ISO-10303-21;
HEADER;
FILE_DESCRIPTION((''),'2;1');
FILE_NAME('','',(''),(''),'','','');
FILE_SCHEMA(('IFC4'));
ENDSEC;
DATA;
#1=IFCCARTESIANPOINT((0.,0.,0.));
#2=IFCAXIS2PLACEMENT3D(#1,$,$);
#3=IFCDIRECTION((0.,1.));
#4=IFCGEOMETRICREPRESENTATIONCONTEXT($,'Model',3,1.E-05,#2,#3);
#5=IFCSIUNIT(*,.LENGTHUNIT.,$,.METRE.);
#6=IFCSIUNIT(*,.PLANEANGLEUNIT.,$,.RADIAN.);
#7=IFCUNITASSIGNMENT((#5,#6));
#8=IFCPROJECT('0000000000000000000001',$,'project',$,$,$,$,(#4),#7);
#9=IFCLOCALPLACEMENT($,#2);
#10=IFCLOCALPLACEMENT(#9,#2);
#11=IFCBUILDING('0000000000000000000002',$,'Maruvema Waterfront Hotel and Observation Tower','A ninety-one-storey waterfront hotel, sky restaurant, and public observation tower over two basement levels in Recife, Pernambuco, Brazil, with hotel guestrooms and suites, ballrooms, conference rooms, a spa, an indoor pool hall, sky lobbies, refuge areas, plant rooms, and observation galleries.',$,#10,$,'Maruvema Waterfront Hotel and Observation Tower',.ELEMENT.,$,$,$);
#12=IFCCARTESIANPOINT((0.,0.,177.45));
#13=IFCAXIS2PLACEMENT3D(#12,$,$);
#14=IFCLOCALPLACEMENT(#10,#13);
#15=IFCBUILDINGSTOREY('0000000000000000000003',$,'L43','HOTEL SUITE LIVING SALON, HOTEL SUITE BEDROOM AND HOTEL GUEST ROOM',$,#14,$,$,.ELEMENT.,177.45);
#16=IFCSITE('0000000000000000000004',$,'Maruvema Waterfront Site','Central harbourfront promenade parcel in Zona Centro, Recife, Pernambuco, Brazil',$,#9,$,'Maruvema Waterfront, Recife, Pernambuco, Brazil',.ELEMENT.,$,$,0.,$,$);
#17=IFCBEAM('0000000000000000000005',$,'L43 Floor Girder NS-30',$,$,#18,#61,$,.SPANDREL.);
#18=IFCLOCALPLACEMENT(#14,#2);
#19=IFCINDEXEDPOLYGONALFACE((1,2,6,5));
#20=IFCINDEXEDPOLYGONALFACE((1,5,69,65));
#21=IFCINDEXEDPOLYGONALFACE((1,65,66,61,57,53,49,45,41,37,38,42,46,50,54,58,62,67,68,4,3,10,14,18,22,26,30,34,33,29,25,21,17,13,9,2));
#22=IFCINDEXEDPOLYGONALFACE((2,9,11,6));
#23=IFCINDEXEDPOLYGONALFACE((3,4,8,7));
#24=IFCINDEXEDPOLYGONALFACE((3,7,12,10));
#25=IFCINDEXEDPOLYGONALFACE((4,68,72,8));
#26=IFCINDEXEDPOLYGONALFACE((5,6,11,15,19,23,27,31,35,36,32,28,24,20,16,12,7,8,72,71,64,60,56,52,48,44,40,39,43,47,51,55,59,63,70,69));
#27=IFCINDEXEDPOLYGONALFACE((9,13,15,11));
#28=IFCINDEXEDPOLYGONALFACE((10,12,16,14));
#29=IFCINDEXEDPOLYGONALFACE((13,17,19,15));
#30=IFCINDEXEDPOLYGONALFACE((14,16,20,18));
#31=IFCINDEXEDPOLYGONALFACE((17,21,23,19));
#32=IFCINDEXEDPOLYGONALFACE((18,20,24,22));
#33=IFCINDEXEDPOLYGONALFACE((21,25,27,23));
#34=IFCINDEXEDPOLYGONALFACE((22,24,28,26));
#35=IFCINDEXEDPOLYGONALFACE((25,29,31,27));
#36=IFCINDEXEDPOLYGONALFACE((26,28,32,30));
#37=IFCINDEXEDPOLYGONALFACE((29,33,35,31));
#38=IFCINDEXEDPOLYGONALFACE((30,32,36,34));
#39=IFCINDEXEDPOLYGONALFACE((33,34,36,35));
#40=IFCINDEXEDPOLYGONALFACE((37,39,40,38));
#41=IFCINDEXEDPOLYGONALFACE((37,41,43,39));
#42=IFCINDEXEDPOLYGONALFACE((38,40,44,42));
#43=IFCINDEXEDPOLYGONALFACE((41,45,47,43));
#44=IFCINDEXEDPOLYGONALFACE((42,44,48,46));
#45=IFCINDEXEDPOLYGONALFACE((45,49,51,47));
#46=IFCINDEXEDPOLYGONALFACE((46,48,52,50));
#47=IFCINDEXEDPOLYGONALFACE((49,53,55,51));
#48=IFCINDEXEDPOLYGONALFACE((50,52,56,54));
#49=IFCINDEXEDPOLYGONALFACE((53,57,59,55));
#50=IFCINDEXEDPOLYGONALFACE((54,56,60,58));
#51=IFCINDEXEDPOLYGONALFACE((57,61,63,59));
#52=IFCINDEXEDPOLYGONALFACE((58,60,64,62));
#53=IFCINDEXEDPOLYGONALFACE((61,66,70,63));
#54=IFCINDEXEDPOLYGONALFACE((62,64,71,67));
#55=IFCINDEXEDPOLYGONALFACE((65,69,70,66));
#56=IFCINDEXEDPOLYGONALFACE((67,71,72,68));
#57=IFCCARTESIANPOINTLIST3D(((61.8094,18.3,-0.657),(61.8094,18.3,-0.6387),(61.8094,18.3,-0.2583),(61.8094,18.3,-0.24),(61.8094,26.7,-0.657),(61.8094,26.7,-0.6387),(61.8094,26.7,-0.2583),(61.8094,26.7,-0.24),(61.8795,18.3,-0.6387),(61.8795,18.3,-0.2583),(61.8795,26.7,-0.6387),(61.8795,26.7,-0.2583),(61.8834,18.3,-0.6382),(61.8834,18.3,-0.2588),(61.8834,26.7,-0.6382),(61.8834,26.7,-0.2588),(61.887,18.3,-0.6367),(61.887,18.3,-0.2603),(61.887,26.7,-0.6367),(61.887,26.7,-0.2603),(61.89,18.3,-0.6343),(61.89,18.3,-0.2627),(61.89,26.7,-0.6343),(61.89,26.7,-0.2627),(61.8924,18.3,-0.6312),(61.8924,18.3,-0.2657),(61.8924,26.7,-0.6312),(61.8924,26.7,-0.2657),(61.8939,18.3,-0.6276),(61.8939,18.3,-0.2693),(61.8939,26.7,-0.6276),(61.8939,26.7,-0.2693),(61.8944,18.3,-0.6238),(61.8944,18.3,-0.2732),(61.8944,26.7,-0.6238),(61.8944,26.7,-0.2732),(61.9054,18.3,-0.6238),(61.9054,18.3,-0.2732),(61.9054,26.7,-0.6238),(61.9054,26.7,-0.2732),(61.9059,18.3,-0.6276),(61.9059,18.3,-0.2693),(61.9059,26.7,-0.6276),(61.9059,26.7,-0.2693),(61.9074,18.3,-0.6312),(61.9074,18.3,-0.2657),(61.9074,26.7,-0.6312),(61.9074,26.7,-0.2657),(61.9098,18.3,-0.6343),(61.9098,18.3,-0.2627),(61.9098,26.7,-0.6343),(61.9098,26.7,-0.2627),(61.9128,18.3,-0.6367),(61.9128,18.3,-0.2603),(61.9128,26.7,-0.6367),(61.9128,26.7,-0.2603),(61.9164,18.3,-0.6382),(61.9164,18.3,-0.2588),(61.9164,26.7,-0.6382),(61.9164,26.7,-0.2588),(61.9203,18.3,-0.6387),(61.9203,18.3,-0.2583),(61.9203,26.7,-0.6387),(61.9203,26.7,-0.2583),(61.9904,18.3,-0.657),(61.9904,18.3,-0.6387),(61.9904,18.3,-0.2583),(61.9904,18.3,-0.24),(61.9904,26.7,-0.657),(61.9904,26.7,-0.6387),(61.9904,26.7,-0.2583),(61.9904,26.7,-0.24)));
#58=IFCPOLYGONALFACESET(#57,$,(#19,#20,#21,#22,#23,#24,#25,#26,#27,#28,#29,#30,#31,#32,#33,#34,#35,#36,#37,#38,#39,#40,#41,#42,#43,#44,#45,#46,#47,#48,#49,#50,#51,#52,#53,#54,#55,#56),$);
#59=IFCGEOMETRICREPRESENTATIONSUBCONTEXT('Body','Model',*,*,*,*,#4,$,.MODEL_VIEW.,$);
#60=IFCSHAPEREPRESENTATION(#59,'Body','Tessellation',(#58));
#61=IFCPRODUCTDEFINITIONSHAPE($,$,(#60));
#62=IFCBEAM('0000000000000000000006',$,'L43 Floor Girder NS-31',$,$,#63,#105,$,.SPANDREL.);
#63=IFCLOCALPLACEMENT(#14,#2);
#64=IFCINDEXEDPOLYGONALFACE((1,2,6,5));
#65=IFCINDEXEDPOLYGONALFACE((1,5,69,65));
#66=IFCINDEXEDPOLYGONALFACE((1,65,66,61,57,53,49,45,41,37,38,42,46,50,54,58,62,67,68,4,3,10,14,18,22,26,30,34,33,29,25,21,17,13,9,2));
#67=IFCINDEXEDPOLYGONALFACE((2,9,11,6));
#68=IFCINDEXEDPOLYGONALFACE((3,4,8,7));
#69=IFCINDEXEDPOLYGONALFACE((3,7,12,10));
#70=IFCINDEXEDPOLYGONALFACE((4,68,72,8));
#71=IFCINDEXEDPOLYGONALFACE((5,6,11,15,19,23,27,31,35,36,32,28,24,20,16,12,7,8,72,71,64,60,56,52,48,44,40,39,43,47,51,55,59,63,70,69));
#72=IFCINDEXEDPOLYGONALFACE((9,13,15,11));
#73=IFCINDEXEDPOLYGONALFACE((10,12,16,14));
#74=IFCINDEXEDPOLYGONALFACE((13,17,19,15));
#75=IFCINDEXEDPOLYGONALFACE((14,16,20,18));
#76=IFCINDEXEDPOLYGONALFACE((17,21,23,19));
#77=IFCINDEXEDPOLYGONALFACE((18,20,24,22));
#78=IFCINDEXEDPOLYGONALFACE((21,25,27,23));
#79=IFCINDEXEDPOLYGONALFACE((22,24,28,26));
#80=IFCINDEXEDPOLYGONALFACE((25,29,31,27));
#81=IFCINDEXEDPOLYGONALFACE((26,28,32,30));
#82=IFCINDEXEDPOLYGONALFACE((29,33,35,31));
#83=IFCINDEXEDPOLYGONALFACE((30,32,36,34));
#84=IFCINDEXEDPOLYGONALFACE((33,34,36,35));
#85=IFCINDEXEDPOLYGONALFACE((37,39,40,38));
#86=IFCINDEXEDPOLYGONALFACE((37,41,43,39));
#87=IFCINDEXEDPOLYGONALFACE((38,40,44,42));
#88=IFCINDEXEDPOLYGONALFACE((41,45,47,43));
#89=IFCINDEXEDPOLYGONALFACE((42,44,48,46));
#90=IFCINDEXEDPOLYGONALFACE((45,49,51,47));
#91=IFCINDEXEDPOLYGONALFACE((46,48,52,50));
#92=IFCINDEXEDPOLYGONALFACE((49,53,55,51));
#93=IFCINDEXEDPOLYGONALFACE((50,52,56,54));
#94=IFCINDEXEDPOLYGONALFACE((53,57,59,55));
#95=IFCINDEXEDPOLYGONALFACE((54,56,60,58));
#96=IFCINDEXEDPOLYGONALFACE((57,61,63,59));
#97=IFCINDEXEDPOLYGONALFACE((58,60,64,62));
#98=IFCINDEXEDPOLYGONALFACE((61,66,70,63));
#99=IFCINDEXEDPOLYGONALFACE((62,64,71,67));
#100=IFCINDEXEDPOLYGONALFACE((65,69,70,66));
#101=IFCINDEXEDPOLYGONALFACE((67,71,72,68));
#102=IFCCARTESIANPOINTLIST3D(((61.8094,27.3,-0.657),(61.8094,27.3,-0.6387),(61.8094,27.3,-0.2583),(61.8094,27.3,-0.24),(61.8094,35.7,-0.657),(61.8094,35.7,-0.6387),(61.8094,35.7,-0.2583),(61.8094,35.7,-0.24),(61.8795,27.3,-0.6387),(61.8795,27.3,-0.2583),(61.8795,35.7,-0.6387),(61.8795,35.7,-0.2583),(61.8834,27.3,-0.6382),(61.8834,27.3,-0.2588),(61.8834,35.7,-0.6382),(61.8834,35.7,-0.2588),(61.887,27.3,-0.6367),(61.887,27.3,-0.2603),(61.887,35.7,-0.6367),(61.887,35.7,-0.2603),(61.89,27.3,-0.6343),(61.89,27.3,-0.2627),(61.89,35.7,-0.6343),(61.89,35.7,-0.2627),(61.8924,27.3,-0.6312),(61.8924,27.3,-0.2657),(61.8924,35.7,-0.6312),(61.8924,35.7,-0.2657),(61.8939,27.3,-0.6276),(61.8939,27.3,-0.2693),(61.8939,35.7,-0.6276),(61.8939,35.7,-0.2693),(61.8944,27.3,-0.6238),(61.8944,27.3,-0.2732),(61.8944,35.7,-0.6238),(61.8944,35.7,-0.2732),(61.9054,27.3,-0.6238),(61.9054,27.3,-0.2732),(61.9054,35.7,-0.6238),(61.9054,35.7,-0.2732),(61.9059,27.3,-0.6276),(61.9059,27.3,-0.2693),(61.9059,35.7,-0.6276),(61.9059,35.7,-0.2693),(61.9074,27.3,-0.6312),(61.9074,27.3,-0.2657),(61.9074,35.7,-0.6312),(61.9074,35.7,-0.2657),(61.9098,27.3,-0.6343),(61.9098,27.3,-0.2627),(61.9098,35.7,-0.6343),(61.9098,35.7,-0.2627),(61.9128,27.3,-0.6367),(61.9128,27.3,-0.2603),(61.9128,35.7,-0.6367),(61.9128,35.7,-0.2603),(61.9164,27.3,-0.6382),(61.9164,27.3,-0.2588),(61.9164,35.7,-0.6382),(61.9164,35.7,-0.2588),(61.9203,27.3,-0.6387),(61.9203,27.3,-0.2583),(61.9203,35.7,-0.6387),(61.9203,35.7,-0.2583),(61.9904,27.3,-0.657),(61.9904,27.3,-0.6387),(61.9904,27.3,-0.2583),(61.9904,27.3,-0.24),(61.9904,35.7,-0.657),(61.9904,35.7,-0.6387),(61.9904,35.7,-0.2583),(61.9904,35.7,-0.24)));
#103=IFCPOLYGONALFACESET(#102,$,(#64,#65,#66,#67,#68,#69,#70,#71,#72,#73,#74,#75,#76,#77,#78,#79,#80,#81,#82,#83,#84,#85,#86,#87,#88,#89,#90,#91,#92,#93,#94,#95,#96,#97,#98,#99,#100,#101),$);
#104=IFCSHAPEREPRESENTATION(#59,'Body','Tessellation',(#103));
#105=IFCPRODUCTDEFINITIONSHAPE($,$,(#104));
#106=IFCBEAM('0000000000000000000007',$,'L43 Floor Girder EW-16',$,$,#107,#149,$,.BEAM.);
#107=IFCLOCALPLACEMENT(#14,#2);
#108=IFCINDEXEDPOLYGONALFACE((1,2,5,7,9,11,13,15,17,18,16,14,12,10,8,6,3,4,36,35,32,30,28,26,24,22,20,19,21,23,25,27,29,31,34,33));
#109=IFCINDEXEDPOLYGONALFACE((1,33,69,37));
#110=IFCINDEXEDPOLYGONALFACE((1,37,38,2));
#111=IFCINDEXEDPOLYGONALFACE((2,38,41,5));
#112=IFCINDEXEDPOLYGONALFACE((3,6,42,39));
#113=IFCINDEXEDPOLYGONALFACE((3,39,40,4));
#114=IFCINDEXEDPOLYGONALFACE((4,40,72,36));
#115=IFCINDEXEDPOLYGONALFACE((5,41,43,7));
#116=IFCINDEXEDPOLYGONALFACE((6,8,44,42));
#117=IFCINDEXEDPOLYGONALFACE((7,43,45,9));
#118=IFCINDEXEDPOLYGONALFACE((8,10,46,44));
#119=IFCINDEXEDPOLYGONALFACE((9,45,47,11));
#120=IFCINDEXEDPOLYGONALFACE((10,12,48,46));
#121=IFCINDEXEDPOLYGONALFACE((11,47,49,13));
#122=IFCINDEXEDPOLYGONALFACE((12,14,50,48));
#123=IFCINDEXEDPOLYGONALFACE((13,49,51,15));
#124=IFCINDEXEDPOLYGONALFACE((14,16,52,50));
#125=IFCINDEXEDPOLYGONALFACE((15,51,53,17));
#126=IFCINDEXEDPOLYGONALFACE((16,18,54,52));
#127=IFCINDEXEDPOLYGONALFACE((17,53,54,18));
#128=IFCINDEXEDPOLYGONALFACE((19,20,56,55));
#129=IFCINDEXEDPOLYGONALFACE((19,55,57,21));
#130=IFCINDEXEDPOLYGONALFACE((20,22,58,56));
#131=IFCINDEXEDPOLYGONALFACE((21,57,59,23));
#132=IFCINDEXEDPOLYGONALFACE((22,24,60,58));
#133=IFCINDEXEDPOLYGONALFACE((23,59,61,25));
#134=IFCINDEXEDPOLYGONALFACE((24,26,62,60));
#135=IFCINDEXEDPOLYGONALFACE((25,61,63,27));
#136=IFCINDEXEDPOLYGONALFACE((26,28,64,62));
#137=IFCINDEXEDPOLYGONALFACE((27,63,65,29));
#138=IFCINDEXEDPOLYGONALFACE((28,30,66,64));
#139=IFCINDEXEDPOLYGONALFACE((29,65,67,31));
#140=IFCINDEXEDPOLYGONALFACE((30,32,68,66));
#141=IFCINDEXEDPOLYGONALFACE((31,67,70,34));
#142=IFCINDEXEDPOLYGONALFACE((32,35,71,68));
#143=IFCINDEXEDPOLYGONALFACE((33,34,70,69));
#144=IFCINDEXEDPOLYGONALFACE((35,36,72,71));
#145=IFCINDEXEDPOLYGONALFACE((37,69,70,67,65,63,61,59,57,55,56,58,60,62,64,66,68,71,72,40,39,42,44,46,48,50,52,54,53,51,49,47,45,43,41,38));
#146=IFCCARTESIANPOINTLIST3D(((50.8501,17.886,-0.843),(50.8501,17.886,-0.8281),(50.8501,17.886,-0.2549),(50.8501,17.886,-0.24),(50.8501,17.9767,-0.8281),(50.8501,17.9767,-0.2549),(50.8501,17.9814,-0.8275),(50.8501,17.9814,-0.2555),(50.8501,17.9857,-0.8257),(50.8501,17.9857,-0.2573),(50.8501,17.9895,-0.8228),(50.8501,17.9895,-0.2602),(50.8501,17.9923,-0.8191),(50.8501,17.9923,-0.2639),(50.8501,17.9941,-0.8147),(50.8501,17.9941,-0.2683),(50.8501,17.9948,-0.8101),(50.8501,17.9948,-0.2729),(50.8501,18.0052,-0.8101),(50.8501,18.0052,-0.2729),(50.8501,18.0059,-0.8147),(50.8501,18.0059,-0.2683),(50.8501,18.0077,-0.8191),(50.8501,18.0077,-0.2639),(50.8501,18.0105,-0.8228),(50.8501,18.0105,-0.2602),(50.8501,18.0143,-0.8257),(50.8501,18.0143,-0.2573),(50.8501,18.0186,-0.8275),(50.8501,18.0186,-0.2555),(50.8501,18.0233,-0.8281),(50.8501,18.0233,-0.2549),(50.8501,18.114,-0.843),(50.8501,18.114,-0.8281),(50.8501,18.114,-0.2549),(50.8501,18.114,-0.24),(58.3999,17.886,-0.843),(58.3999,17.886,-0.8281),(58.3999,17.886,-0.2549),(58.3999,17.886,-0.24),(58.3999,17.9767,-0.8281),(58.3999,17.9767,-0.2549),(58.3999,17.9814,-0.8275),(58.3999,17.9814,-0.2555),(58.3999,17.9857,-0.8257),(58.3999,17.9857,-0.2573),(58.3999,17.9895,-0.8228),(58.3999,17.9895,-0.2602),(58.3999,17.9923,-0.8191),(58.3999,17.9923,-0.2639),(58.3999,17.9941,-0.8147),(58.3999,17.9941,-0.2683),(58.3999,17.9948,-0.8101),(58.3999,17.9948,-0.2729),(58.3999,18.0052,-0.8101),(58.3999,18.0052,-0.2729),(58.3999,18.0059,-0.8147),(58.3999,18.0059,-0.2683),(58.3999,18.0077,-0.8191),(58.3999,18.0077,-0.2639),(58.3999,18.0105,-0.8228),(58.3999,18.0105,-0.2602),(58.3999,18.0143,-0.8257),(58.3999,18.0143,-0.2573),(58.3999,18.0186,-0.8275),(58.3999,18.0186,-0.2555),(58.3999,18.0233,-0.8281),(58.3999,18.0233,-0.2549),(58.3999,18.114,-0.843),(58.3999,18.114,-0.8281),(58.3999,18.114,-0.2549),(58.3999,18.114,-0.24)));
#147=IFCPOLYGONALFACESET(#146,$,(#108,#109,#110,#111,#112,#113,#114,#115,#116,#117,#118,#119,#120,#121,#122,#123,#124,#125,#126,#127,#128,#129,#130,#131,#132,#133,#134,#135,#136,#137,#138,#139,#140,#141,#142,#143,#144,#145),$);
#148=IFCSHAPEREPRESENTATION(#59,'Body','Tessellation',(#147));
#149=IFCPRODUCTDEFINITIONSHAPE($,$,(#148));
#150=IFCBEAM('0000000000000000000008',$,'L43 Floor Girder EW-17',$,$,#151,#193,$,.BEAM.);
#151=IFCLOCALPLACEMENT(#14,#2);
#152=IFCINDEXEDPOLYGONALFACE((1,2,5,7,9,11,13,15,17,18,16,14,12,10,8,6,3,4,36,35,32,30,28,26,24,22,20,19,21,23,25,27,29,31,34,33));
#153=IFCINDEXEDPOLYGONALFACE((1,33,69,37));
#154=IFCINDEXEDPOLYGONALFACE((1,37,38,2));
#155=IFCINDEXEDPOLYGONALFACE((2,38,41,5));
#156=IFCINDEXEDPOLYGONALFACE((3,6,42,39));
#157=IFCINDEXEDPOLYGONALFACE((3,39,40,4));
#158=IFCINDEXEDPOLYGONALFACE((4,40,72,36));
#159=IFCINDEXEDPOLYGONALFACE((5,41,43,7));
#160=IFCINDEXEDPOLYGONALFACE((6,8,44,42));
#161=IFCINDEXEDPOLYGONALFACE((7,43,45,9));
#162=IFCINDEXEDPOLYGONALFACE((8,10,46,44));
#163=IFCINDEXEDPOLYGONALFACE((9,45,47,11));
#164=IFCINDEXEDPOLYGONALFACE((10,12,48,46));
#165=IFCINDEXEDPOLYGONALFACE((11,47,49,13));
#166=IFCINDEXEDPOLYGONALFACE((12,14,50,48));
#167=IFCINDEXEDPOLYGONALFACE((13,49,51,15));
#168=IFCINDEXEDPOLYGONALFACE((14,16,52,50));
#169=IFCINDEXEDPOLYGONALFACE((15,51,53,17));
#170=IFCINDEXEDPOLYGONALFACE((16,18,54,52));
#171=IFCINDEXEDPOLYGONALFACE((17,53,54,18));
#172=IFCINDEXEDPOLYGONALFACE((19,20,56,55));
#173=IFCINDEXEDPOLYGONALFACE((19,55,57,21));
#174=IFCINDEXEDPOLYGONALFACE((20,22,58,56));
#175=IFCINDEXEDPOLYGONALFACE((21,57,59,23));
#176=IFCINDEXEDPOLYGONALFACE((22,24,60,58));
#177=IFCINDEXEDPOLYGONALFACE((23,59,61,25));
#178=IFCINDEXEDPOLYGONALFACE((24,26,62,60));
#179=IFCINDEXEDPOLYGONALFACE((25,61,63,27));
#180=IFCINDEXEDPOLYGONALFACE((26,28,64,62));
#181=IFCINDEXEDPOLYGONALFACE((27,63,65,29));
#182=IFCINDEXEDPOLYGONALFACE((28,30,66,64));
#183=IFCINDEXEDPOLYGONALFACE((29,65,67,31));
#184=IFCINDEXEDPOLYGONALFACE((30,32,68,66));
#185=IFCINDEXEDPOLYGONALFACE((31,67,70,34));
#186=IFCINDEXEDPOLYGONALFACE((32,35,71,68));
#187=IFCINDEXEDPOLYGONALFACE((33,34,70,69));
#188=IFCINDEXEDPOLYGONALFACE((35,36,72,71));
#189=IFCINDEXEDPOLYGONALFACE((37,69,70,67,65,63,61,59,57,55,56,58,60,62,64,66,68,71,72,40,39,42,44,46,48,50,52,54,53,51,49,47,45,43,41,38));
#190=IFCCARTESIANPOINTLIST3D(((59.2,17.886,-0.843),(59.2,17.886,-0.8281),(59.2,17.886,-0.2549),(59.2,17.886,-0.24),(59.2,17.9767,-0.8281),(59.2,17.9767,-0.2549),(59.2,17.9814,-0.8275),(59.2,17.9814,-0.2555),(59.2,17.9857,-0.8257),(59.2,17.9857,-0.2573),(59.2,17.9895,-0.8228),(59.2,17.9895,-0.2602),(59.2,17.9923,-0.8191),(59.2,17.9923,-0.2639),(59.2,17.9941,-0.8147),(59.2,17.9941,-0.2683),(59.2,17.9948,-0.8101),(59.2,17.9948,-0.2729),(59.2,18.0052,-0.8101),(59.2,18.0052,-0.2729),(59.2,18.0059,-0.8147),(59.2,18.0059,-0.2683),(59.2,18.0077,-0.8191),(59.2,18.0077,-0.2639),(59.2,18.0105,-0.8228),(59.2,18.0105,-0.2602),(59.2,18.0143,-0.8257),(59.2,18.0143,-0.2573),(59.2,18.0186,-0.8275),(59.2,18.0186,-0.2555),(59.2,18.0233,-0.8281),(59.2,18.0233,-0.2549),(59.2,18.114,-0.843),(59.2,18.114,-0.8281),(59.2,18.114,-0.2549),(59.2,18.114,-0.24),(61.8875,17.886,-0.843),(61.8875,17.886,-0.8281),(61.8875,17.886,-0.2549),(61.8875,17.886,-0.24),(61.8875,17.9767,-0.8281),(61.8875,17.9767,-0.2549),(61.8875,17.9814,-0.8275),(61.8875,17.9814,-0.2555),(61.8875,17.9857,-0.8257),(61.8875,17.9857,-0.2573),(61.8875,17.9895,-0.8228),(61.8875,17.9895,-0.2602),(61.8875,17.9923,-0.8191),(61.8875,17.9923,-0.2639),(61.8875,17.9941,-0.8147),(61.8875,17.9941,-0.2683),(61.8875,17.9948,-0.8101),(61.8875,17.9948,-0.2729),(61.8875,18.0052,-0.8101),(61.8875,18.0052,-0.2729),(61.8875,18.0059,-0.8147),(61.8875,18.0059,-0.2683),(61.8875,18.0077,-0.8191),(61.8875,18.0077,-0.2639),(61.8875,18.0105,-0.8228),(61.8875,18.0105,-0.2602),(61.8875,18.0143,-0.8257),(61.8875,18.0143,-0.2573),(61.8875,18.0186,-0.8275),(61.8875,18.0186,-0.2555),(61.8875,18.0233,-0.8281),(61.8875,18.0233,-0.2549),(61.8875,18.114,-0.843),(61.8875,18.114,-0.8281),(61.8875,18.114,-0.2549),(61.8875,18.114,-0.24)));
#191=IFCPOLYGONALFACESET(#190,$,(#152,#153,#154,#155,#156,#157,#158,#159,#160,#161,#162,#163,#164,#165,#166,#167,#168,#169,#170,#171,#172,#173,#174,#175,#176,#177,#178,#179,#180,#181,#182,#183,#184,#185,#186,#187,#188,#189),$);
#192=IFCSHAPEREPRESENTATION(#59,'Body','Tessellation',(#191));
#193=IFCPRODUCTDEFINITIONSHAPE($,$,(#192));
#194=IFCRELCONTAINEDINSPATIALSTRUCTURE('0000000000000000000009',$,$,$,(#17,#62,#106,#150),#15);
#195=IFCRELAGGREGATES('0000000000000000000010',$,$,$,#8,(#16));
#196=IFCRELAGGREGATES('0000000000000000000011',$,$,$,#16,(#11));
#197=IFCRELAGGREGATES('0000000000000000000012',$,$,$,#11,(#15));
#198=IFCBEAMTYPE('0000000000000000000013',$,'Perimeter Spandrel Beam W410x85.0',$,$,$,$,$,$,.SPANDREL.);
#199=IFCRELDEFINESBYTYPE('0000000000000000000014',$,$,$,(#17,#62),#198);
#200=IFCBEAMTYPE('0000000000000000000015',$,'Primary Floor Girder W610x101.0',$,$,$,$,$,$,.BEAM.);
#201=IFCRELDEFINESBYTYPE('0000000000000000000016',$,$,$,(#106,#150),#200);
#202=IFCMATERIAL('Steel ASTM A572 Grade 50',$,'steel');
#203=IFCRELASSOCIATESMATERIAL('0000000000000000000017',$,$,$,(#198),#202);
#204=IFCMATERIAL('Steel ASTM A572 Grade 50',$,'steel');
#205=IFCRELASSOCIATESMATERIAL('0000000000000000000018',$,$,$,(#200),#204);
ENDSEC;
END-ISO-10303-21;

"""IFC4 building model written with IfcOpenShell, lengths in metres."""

from ifc_helpers import new_model, si_unit, direction, frame, origin, origin_2d, place, context, subcontext, project, spatial, i_section, extrude, material, material_profile, profile_set, type_object, element, save


model = new_model("IFC4")

# Units and contexts
model_context = context("Model", 3, precision=1e-05, world=origin(), true_north=direction((0.0, 1.0)))
body_context = subcontext(model_context, "Body", "Model", "MODEL_VIEW")
ifc_project = project(units=[si_unit("LENGTHUNIT", "METRE"), si_unit("PLANEANGLEUNIT", "RADIAN")], contexts=[model_context])

# Site, building, storey
site_placement = place(None, origin())
site = spatial("IfcSite", under=ifc_project, at=site_placement, Name="Maruvema Waterfront Site", Description="Central harbourfront promenade parcel in Zona Centro, Recife, Pernambuco, Brazil", LongName="Maruvema Waterfront, Recife, Pernambuco, Brazil", CompositionType="ELEMENT", RefElevation=0.0)
building_placement = place(site_placement, origin())
building = spatial("IfcBuilding", under=site, at=building_placement, Name="Maruvema Waterfront Hotel and Observation Tower", Description="A ninety-one-storey waterfront hotel, sky restaurant, and public observation tower over two basement levels in Recife, Pernambuco, Brazil, with hotel guestrooms and suites, ballrooms, conference rooms, a spa, an indoor pool hall, sky lobbies, refuge areas, plant rooms, and observation galleries.", LongName="Maruvema Waterfront Hotel and Observation Tower", CompositionType="ELEMENT")
storey_placement = place(building_placement, frame((0.0, 0.0, 177.45)))
storey = spatial("IfcBuildingStorey", under=building, at=storey_placement, Name="L43", Description="HOTEL SUITE LIVING SALON, HOTEL SUITE BEDROOM AND HOTEL GUEST ROOM", CompositionType="ELEMENT", Elevation=177.45)

# Beams
ifc_material_1 = material(Name="Steel ASTM A572 Grade 50", Category="steel")
ifc_material_profile_1 = material_profile(ifc_material_1, i_section(OverallWidth=0.1809, OverallDepth=0.417, WebThickness=0.011, FlangeThickness=0.0183, FilletRadius=0.0149, at=origin_2d()), Name="W410x85.0")
ifc_profile_set_1 = profile_set([ifc_material_profile_1], Name="Steel ASTM A572 Grade 50")
beam_type_1 = type_object("IfcBeamType", Name="Perimeter Spandrel Beam W410x85.0", PredefinedType="SPANDREL", material=ifc_profile_set_1)
for number, where, z_axis, x_axis, name in (
    (1, (61.8999, 18.3, -0.4485), (0.0, 1.0, 0.0), (-1.0, 0.0, 0.0), "L43 Floor Girder NS-30"),
    (2, (61.8999, 27.3, -0.4485), (0.0, 1.0, 0.0), (-1.0, 0.0, 0.0), "L43 Floor Girder NS-31"),
):
    element("IfcBeam", number, at=place(storey_placement, frame(where, z_axis=z_axis, x_axis=x_axis)), inside=storey, type_object=beam_type_1, Name=name, PredefinedType="SPANDREL", context=body_context, shape_type="SweptSolid", body=[
        extrude(i_section(OverallWidth=0.1809, OverallDepth=0.417, WebThickness=0.011, FlangeThickness=0.0183, FilletRadius=0.0149, at=origin_2d()), origin(), (0.0, 0.0, 1.0), 8.3999),
    ])
ifc_material_2 = material(Name="Steel ASTM A572 Grade 50", Category="steel")
ifc_material_profile_2 = material_profile(ifc_material_2, i_section(OverallWidth=0.228, OverallDepth=0.603, WebThickness=0.0105, FlangeThickness=0.0149, FilletRadius=0.0181, at=origin_2d()), Name="W610x101.0")
ifc_profile_set_2 = profile_set([ifc_material_profile_2], Name="Steel ASTM A572 Grade 50")
beam_type_2 = type_object("IfcBeamType", Name="Primary Floor Girder W610x101.0", PredefinedType="BEAM", material=ifc_profile_set_2)
beam_1_placement = place(storey_placement, frame((50.8501, 18.0, -0.5415), z_axis=(1.0, 0.0, 0.0), x_axis=(0.0, 1.0, 0.0)))
element("IfcBeam", 3, at=beam_1_placement, inside=storey, type_object=beam_type_2, Name="L43 Floor Girder EW-16", PredefinedType="BEAM", context=body_context, shape_type="SweptSolid", body=[
    extrude(i_section(OverallWidth=0.228, OverallDepth=0.603, WebThickness=0.0105, FlangeThickness=0.0149, FilletRadius=0.0181, at=origin_2d()), origin(), (0.0, 0.0, 1.0), 7.5498),
])
beam_2_placement = place(storey_placement, frame((59.2, 18.0, -0.5415), z_axis=(1.0, 0.0, 0.0), x_axis=(0.0, 1.0, 0.0)))
element("IfcBeam", 4, at=beam_2_placement, inside=storey, type_object=beam_type_2, Name="L43 Floor Girder EW-17", PredefinedType="BEAM", context=body_context, shape_type="SweptSolid", body=[
    extrude(i_section(OverallWidth=0.228, OverallDepth=0.603, WebThickness=0.0105, FlangeThickness=0.0149, FilletRadius=0.0181, at=origin_2d()), origin(), (0.0, 0.0, 1.0), 2.6875),
])

save(model, "model.ifc")
